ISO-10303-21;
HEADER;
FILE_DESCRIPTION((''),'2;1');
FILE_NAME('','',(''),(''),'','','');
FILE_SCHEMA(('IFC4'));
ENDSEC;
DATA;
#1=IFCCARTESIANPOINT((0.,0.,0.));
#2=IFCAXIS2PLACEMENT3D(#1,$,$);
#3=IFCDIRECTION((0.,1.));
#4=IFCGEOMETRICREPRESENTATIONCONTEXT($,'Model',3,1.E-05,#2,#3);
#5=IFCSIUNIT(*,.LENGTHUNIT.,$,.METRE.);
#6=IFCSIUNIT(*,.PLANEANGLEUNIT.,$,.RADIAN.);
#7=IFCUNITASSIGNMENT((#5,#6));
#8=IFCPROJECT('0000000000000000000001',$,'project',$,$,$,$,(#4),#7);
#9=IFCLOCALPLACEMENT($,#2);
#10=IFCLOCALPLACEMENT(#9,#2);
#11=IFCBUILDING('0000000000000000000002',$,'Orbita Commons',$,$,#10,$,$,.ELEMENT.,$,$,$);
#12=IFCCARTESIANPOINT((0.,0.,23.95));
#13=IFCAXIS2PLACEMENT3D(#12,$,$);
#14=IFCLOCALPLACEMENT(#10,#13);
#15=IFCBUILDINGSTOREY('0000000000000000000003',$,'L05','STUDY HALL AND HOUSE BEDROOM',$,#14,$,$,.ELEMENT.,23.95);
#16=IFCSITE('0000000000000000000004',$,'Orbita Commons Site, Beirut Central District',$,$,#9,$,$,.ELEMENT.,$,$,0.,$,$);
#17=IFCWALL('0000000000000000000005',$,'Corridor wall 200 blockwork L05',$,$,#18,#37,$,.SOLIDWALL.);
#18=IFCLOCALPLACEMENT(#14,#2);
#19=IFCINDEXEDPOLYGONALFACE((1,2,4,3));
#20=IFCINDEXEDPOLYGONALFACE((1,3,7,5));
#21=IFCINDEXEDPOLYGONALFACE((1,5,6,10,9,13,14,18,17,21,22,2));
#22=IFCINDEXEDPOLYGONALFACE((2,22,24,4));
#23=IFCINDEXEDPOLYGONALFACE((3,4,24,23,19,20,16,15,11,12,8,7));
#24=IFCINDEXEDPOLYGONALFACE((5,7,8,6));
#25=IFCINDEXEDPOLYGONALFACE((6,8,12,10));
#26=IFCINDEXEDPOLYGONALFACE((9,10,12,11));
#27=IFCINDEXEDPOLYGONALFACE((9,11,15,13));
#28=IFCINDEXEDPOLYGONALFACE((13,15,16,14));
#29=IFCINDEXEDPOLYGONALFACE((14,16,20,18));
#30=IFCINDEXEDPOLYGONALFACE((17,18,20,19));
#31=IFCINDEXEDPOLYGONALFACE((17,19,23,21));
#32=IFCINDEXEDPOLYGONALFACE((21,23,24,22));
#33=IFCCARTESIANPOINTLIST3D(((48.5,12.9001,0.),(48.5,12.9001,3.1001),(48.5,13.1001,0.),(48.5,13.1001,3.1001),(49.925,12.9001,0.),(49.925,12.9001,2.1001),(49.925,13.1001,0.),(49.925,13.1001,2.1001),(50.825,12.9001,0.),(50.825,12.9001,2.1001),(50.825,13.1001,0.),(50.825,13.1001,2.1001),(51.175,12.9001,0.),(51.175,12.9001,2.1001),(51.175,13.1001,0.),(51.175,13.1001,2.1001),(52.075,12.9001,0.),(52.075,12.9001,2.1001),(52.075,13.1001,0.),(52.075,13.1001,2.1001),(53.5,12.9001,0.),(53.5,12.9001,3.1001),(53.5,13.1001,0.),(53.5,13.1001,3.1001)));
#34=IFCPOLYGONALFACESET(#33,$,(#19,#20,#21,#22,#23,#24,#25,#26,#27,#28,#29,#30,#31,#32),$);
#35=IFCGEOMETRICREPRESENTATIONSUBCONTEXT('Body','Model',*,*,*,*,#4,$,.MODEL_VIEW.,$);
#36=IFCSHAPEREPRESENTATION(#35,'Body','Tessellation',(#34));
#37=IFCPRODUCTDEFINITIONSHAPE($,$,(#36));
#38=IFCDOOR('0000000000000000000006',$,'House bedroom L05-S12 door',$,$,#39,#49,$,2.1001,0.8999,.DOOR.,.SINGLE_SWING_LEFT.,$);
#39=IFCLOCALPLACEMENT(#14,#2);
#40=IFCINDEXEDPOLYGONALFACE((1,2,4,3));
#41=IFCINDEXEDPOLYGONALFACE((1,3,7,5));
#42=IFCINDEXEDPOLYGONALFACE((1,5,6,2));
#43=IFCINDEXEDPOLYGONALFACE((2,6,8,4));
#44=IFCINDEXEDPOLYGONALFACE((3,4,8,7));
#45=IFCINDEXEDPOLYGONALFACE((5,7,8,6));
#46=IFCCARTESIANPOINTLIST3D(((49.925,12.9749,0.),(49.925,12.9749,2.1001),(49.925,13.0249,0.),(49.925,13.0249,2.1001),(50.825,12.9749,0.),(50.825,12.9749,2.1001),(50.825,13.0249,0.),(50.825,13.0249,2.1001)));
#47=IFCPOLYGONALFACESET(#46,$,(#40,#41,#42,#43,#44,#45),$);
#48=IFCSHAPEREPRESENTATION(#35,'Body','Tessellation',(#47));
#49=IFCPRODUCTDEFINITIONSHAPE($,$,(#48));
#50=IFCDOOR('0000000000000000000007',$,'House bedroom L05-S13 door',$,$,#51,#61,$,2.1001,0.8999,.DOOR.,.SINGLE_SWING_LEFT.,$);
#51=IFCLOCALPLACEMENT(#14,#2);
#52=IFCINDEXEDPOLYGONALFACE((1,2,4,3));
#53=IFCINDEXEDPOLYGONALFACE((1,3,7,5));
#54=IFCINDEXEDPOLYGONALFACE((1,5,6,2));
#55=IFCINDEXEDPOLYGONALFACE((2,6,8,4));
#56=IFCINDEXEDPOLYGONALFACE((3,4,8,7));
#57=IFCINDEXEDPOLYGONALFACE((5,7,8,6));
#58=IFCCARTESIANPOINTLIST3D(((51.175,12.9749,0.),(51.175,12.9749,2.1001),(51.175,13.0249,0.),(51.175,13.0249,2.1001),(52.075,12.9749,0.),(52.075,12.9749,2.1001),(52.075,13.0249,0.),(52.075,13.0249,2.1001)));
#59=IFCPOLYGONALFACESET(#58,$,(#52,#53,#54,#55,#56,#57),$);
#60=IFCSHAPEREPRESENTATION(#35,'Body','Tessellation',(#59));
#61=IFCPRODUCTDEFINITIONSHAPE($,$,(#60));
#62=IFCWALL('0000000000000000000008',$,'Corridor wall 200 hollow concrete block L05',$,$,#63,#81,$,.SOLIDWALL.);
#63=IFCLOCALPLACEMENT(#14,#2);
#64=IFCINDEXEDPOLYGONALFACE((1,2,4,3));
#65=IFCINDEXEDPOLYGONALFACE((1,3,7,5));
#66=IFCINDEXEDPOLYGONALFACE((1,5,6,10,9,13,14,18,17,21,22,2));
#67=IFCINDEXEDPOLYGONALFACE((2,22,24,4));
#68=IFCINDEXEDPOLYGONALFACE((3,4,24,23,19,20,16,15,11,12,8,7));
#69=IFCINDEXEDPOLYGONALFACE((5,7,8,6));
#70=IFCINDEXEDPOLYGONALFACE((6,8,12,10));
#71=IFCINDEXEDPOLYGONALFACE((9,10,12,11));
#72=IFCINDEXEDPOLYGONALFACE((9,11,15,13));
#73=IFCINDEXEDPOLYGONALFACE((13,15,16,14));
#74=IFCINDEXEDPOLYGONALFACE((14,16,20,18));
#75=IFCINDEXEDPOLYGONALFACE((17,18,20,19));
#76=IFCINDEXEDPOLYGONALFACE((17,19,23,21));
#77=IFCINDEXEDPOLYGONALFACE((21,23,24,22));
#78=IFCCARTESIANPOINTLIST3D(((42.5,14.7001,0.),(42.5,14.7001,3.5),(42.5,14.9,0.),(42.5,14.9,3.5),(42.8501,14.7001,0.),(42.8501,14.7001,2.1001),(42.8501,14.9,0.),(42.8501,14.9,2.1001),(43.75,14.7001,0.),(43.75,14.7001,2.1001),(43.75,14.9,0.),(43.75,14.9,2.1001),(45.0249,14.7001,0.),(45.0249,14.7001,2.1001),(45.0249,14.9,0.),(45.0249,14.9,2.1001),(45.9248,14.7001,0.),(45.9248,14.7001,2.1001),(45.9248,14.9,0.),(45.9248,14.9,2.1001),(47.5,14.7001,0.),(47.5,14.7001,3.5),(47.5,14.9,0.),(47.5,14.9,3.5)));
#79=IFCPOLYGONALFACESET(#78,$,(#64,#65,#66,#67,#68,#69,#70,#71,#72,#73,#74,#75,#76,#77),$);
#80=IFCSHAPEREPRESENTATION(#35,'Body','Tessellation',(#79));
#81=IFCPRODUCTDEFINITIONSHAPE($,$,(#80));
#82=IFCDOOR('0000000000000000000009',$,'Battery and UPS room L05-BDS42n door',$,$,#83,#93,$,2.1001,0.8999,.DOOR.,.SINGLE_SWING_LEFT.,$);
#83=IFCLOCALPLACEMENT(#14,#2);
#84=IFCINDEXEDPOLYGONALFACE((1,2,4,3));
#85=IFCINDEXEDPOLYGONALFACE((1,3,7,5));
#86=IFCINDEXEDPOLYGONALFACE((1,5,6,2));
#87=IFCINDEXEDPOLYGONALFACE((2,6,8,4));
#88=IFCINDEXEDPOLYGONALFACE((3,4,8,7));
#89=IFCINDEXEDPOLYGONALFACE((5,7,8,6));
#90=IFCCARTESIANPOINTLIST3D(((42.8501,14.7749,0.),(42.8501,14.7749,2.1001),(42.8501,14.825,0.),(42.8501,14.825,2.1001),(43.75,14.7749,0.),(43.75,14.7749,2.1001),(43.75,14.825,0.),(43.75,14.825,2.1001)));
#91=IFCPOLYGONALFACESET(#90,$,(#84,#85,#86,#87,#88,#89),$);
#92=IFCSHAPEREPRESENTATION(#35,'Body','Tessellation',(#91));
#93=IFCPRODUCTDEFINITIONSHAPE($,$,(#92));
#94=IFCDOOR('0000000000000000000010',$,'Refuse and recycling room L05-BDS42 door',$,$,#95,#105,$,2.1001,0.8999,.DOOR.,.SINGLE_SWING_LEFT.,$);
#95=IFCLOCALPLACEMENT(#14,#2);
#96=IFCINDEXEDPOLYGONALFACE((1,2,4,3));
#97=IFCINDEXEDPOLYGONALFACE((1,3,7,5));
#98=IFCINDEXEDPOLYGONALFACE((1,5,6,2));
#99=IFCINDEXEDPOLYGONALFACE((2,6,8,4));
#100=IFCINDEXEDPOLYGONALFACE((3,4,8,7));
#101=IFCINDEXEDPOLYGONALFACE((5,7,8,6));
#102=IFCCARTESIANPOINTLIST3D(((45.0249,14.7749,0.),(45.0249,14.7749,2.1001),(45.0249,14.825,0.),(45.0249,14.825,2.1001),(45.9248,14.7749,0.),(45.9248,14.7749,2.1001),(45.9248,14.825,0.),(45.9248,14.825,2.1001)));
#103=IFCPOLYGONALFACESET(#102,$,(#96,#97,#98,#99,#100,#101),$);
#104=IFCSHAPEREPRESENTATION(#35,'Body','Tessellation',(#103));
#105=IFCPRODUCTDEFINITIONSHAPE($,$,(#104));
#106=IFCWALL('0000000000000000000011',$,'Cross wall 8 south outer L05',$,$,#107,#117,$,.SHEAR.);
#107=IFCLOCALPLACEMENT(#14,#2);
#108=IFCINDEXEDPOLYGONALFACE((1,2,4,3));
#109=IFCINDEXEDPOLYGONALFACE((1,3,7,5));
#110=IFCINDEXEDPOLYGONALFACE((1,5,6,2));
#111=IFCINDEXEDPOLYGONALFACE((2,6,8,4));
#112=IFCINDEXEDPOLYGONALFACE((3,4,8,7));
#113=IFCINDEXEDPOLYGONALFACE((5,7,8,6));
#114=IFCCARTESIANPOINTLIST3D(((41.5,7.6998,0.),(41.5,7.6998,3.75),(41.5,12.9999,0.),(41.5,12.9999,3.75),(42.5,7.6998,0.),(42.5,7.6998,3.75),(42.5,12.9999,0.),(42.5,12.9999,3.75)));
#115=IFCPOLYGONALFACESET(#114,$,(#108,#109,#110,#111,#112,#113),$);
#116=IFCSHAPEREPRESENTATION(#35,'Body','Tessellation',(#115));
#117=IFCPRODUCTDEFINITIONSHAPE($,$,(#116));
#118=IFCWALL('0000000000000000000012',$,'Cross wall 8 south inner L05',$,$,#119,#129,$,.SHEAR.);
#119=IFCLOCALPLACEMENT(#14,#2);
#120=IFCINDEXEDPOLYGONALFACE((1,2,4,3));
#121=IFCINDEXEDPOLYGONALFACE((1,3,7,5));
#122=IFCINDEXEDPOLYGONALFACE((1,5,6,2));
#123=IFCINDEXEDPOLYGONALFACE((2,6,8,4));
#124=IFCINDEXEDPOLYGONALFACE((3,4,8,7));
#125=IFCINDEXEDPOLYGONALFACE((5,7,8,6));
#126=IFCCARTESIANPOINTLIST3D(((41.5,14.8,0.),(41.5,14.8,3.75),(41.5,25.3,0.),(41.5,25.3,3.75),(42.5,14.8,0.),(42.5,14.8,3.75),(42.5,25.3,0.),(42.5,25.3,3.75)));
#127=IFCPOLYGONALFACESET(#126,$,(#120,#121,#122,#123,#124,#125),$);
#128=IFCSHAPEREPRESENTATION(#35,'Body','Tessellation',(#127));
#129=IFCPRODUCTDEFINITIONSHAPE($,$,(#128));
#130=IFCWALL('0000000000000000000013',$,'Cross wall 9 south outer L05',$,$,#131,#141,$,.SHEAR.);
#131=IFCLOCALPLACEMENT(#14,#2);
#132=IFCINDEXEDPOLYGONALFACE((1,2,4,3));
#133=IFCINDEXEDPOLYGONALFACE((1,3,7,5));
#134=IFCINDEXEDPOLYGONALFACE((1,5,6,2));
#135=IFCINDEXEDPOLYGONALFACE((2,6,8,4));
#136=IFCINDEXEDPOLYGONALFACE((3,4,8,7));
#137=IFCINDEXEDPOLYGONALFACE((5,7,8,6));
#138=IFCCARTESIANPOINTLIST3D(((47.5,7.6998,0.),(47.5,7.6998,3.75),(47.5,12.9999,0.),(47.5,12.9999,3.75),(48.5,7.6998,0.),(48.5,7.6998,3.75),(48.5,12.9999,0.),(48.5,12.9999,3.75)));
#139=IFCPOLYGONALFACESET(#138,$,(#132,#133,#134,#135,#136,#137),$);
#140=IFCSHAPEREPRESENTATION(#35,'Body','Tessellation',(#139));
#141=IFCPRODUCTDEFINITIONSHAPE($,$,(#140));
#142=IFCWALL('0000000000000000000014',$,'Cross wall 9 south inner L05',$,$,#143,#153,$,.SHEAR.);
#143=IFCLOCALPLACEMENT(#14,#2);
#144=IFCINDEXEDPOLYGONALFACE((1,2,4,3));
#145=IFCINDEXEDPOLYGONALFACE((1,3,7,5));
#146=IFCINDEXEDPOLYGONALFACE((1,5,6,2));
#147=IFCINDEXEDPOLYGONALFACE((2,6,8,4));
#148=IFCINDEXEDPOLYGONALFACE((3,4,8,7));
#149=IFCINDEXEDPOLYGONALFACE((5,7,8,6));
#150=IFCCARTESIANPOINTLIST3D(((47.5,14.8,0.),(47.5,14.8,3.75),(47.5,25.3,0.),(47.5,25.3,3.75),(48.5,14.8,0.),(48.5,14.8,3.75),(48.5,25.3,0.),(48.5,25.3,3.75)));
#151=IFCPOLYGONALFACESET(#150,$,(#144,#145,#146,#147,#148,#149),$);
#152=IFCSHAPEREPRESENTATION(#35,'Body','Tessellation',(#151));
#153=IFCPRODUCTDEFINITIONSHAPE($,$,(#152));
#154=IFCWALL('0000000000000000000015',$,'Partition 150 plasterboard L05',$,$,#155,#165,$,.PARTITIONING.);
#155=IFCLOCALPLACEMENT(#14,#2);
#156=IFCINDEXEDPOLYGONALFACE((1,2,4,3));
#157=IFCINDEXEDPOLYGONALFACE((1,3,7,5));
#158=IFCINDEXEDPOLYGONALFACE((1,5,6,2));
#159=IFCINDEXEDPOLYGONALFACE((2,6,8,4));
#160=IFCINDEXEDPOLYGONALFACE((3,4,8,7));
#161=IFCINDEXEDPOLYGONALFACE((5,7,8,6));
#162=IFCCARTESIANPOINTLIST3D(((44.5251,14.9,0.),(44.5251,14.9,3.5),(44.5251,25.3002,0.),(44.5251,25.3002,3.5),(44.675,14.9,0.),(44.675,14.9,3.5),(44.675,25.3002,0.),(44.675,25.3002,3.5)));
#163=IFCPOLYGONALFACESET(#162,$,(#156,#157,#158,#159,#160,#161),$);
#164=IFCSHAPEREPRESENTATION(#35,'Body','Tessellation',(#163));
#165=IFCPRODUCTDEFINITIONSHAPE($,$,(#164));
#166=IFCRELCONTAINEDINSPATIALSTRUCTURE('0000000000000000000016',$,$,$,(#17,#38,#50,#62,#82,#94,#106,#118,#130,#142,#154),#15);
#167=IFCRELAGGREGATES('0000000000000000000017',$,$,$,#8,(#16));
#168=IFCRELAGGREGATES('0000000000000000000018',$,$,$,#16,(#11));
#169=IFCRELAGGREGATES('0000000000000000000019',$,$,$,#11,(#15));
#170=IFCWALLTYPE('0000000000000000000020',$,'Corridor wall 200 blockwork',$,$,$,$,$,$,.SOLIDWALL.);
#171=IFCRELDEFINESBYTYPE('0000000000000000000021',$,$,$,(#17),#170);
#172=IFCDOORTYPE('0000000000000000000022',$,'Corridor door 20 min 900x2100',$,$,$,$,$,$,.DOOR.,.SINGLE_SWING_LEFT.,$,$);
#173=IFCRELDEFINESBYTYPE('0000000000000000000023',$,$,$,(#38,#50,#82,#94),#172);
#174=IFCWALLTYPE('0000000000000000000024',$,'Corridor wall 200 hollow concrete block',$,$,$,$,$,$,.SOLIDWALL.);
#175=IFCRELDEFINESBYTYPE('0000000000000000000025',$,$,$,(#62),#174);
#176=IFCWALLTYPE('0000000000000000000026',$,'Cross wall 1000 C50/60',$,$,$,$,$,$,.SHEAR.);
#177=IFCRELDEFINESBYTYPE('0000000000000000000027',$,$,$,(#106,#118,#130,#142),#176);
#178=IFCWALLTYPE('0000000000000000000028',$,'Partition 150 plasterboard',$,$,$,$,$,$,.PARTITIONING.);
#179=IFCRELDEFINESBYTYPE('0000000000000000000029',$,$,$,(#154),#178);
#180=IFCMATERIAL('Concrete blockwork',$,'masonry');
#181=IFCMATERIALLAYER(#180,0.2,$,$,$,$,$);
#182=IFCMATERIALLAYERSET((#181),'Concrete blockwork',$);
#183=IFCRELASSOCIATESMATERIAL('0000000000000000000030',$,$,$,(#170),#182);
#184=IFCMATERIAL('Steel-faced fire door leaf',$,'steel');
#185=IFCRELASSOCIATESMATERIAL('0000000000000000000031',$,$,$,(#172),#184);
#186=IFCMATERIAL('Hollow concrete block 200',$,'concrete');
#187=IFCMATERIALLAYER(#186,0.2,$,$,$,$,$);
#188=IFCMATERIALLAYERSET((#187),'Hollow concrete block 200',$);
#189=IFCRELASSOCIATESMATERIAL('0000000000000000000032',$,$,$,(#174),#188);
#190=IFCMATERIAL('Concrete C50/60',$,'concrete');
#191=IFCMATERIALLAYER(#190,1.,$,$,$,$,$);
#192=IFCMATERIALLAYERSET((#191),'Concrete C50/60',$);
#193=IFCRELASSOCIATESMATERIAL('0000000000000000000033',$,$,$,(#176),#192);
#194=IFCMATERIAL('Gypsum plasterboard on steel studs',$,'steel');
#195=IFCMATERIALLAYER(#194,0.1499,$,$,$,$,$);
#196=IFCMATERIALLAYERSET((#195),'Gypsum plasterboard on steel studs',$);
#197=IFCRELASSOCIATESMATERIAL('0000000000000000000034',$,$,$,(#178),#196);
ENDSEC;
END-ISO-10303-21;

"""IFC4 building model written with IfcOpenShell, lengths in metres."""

from ifc_helpers import new_model, si_unit, direction, frame, frame_2d, origin, place, context, subcontext, project, spatial, polyline, rectangle, outline, extrude, material, layer, layer_set, type_object, element, fill, save


model = new_model("IFC4")

# Units and contexts
model_context = context("Model", 3, precision=1e-05, world=origin(), true_north=direction((0.0, 1.0)))
body_context = subcontext(model_context, "Body", "Model", "MODEL_VIEW")
ifc_project = project(units=[si_unit("LENGTHUNIT", "METRE"), si_unit("PLANEANGLEUNIT", "RADIAN")], contexts=[model_context])

# Site, building, storey
site_placement = place(None, origin())
site = spatial("IfcSite", under=ifc_project, at=site_placement, Name="Orbita Commons Site, Beirut Central District", CompositionType="ELEMENT", RefElevation=0.0)
building_placement = place(site_placement, origin())
building = spatial("IfcBuilding", under=site, at=building_placement, Name="Orbita Commons", CompositionType="ELEMENT")
storey_placement = place(building_placement, frame((0.0, 0.0, 23.95)))
storey = spatial("IfcBuildingStorey", under=building, at=storey_placement, Name="L05", Description="STUDY HALL AND HOUSE BEDROOM", CompositionType="ELEMENT", Elevation=23.95)

# Shared definitions
ifc_material_1 = material(Name="Concrete blockwork", Category="masonry")
ifc_layer_1 = layer(ifc_material_1, 0.2)
ifc_layer_set_1 = layer_set([ifc_layer_1], Name="Concrete blockwork")
wall_type_1 = type_object("IfcWallType", Name="Corridor wall 200 blockwork", PredefinedType="SOLIDWALL", material=ifc_layer_set_1)

# Walls, openings, doors
wall_1_placement = place(storey_placement, frame((48.5, 13.0, 0.0), z_axis=(0.0, 0.0, 1.0), x_axis=(1.0, 0.0, 0.0)))
wall_1 = element("IfcWall", 1, at=wall_1_placement, inside=storey, type_object=wall_type_1, Name="Corridor wall 200 blockwork L05", PredefinedType="SOLIDWALL", context=body_context, shape_type="SweptSolid", body=[
    extrude(outline(polyline([(0.0, 0.0), (5.0, 0.0), (5.0, 3.1001), (0.0, 3.1001), (0.0, 0.0)])), frame((0.0, 0.1001, 0.0), z_axis=(0.0, -1.0, 0.0), x_axis=(1.0, 0.0, 0.0)), (0.0, 0.0, 1.0), 0.2),
])
opening_1_placement = place(wall_1_placement, frame((1.425, 0.0, 0.0)))
opening_1 = element("IfcOpeningElement", 2, at=opening_1_placement, cuts=wall_1, PredefinedType="OPENING", context=body_context, shape_type="SweptSolid", body=[
    extrude(rectangle(XDim=0.8999, YDim=2.1001, at=frame_2d((0.45, 1.05))), frame((0.0, 0.1099, 0.0), z_axis=(0.0, -1.0, 0.0), x_axis=(1.0, 0.0, 0.0)), (0.0, 0.0, 1.0), 0.22),
])
opening_2_placement = place(wall_1_placement, frame((2.675, 0.0, 0.0)))
opening_2 = element("IfcOpeningElement", 3, at=opening_2_placement, cuts=wall_1, PredefinedType="OPENING", context=body_context, shape_type="SweptSolid", body=[
    extrude(rectangle(XDim=0.8999, YDim=2.1001, at=frame_2d((0.45, 1.05))), frame((0.0, 0.1099, 0.0), z_axis=(0.0, -1.0, 0.0), x_axis=(1.0, 0.0, 0.0)), (0.0, 0.0, 1.0), 0.22),
])
ifc_material_2 = material(Name="Steel-faced fire door leaf", Category="steel")
door_type_1 = type_object("IfcDoorType", Name="Corridor door 20 min 900x2100", OperationType="SINGLE_SWING_LEFT", PredefinedType="DOOR", material=ifc_material_2)
door_1_placement = place(opening_1_placement, origin())
door_1 = element("IfcDoor", 4, at=door_1_placement, inside=storey, type_object=door_type_1, Name="House bedroom L05-S12 door", OperationType="SINGLE_SWING_LEFT", OverallHeight=2.1001, OverallWidth=0.8999, PredefinedType="DOOR", context=body_context, shape_type="SweptSolid", body=[
    extrude(rectangle(XDim=0.8999, YDim=2.1001, at=frame_2d((0.45, 1.05))), frame((0.0, 0.0249, 0.0), z_axis=(0.0, -1.0, 0.0), x_axis=(1.0, 0.0, 0.0)), (0.0, 0.0, 1.0), 0.05),
])
fill(opening_1, door_1)
door_2_placement = place(opening_2_placement, origin())
door_2 = element("IfcDoor", 5, at=door_2_placement, inside=storey, type_object=door_type_1, Name="House bedroom L05-S13 door", OperationType="SINGLE_SWING_LEFT", OverallHeight=2.1001, OverallWidth=0.8999, PredefinedType="DOOR", context=body_context, shape_type="SweptSolid", body=[
    extrude(rectangle(XDim=0.8999, YDim=2.1001, at=frame_2d((0.45, 1.05))), frame((0.0, 0.0249, 0.0), z_axis=(0.0, -1.0, 0.0), x_axis=(1.0, 0.0, 0.0)), (0.0, 0.0, 1.0), 0.05),
])
fill(opening_2, door_2)
ifc_material_3 = material(Name="Hollow concrete block 200", Category="concrete")
ifc_layer_2 = layer(ifc_material_3, 0.2)
ifc_layer_set_2 = layer_set([ifc_layer_2], Name="Hollow concrete block 200")
wall_type_2 = type_object("IfcWallType", Name="Corridor wall 200 hollow concrete block", PredefinedType="SOLIDWALL", material=ifc_layer_set_2)
wall_2_placement = place(storey_placement, frame((42.5, 14.8, 0.0), z_axis=(0.0, 0.0, 1.0), x_axis=(1.0, 0.0, 0.0)))
wall_2 = element("IfcWall", 6, at=wall_2_placement, inside=storey, type_object=wall_type_2, Name="Corridor wall 200 hollow concrete block L05", PredefinedType="SOLIDWALL", context=body_context, shape_type="SweptSolid", body=[
    extrude(rectangle(XDim=5.0, YDim=0.2, at=frame_2d((2.5, 0.0))), origin(), (0.0, 0.0, 1.0), 3.5),
])
opening_3_placement = place(wall_2_placement, frame((0.3501, 0.0, 0.0)))
opening_3 = element("IfcOpeningElement", 7, at=opening_3_placement, cuts=wall_2, PredefinedType="OPENING", context=body_context, shape_type="SweptSolid", body=[
    extrude(rectangle(XDim=0.8999, YDim=2.1001, at=frame_2d((0.45, 1.05))), frame((0.0, 0.1099, 0.0), z_axis=(0.0, -1.0, 0.0), x_axis=(1.0, 0.0, 0.0)), (0.0, 0.0, 1.0), 0.22),
])
opening_4_placement = place(wall_2_placement, frame((2.5249, 0.0, 0.0)))
opening_4 = element("IfcOpeningElement", 8, at=opening_4_placement, cuts=wall_2, PredefinedType="OPENING", context=body_context, shape_type="SweptSolid", body=[
    extrude(rectangle(XDim=0.8999, YDim=2.1001, at=frame_2d((0.45, 1.05))), frame((0.0, 0.1099, 0.0), z_axis=(0.0, -1.0, 0.0), x_axis=(1.0, 0.0, 0.0)), (0.0, 0.0, 1.0), 0.22),
])
door_3_placement = place(opening_3_placement, origin())
door_3 = element("IfcDoor", 9, at=door_3_placement, inside=storey, type_object=door_type_1, Name="Battery and UPS room L05-BDS42n door", OperationType="SINGLE_SWING_LEFT", OverallHeight=2.1001, OverallWidth=0.8999, PredefinedType="DOOR", context=body_context, shape_type="SweptSolid", body=[
    extrude(rectangle(XDim=0.8999, YDim=2.1001, at=frame_2d((0.45, 1.05))), frame((0.0, 0.0249, 0.0), z_axis=(0.0, -1.0, 0.0), x_axis=(1.0, 0.0, 0.0)), (0.0, 0.0, 1.0), 0.05),
])
fill(opening_3, door_3)
door_4_placement = place(opening_4_placement, origin())
door_4 = element("IfcDoor", 10, at=door_4_placement, inside=storey, type_object=door_type_1, Name="Refuse and recycling room L05-BDS42 door", OperationType="SINGLE_SWING_LEFT", OverallHeight=2.1001, OverallWidth=0.8999, PredefinedType="DOOR", context=body_context, shape_type="SweptSolid", body=[
    extrude(rectangle(XDim=0.8999, YDim=2.1001, at=frame_2d((0.45, 1.05))), frame((0.0, 0.0249, 0.0), z_axis=(0.0, -1.0, 0.0), x_axis=(1.0, 0.0, 0.0)), (0.0, 0.0, 1.0), 0.05),
])
fill(opening_4, door_4)

# Walls
ifc_material_4 = material(Name="Concrete C50/60", Category="concrete")
ifc_layer_3 = layer(ifc_material_4, 1.0)
ifc_layer_set_3 = layer_set([ifc_layer_3], Name="Concrete C50/60")
wall_type_3 = type_object("IfcWallType", Name="Cross wall 1000 C50/60", PredefinedType="SHEAR", material=ifc_layer_set_3)
wall_3_placement = place(storey_placement, frame((42.0, 7.7, 0.0), z_axis=(0.0, 0.0, 1.0), x_axis=(0.0, 1.0, 0.0)))
element("IfcWall", 11, at=wall_3_placement, inside=storey, type_object=wall_type_3, Name="Cross wall 8 south outer L05", PredefinedType="SHEAR", context=body_context, shape_type="SweptSolid", body=[
    extrude(rectangle(XDim=5.3, YDim=1.0, at=frame_2d((2.6499, 0.0))), origin(), (0.0, 0.0, 1.0), 3.75),
])
wall_4_placement = place(storey_placement, frame((42.0, 14.8, 0.0), z_axis=(0.0, 0.0, 1.0), x_axis=(0.0, 1.0, 0.0)))
element("IfcWall", 12, at=wall_4_placement, inside=storey, type_object=wall_type_3, Name="Cross wall 8 south inner L05", PredefinedType="SHEAR", context=body_context, shape_type="SweptSolid", body=[
    extrude(rectangle(XDim=10.5, YDim=1.0, at=frame_2d((5.25, 0.0))), origin(), (0.0, 0.0, 1.0), 3.75),
])
wall_5_placement = place(storey_placement, frame((48.0, 7.7, 0.0), z_axis=(0.0, 0.0, 1.0), x_axis=(0.0, 1.0, 0.0)))
element("IfcWall", 13, at=wall_5_placement, inside=storey, type_object=wall_type_3, Name="Cross wall 9 south outer L05", PredefinedType="SHEAR", context=body_context, shape_type="SweptSolid", body=[
    extrude(rectangle(XDim=5.3, YDim=1.0, at=frame_2d((2.6499, 0.0))), origin(), (0.0, 0.0, 1.0), 3.75),
])
wall_6_placement = place(storey_placement, frame((48.0, 14.8, 0.0), z_axis=(0.0, 0.0, 1.0), x_axis=(0.0, 1.0, 0.0)))
element("IfcWall", 14, at=wall_6_placement, inside=storey, type_object=wall_type_3, Name="Cross wall 9 south inner L05", PredefinedType="SHEAR", context=body_context, shape_type="SweptSolid", body=[
    extrude(rectangle(XDim=10.5, YDim=1.0, at=frame_2d((5.25, 0.0))), origin(), (0.0, 0.0, 1.0), 3.75),
])
ifc_material_5 = material(Name="Gypsum plasterboard on steel studs", Category="steel")
ifc_layer_4 = layer(ifc_material_5, 0.1499)
ifc_layer_set_4 = layer_set([ifc_layer_4], Name="Gypsum plasterboard on steel studs")
wall_type_4 = type_object("IfcWallType", Name="Partition 150 plasterboard", PredefinedType="PARTITIONING", material=ifc_layer_set_4)
wall_7_placement = place(storey_placement, frame((44.6001, 14.8999, 0.0), z_axis=(0.0, 0.0, 1.0), x_axis=(0.0, 1.0, 0.0)))
element("IfcWall", 15, at=wall_7_placement, inside=storey, type_object=wall_type_4, Name="Partition 150 plasterboard L05", PredefinedType="PARTITIONING", context=body_context, shape_type="SweptSolid", body=[
    extrude(rectangle(XDim=10.4001, YDim=0.1499, at=frame_2d((5.2002, 0.0))), origin(), (0.0, 0.0, 1.0), 3.5),
])

save(model, "model.ifc")
